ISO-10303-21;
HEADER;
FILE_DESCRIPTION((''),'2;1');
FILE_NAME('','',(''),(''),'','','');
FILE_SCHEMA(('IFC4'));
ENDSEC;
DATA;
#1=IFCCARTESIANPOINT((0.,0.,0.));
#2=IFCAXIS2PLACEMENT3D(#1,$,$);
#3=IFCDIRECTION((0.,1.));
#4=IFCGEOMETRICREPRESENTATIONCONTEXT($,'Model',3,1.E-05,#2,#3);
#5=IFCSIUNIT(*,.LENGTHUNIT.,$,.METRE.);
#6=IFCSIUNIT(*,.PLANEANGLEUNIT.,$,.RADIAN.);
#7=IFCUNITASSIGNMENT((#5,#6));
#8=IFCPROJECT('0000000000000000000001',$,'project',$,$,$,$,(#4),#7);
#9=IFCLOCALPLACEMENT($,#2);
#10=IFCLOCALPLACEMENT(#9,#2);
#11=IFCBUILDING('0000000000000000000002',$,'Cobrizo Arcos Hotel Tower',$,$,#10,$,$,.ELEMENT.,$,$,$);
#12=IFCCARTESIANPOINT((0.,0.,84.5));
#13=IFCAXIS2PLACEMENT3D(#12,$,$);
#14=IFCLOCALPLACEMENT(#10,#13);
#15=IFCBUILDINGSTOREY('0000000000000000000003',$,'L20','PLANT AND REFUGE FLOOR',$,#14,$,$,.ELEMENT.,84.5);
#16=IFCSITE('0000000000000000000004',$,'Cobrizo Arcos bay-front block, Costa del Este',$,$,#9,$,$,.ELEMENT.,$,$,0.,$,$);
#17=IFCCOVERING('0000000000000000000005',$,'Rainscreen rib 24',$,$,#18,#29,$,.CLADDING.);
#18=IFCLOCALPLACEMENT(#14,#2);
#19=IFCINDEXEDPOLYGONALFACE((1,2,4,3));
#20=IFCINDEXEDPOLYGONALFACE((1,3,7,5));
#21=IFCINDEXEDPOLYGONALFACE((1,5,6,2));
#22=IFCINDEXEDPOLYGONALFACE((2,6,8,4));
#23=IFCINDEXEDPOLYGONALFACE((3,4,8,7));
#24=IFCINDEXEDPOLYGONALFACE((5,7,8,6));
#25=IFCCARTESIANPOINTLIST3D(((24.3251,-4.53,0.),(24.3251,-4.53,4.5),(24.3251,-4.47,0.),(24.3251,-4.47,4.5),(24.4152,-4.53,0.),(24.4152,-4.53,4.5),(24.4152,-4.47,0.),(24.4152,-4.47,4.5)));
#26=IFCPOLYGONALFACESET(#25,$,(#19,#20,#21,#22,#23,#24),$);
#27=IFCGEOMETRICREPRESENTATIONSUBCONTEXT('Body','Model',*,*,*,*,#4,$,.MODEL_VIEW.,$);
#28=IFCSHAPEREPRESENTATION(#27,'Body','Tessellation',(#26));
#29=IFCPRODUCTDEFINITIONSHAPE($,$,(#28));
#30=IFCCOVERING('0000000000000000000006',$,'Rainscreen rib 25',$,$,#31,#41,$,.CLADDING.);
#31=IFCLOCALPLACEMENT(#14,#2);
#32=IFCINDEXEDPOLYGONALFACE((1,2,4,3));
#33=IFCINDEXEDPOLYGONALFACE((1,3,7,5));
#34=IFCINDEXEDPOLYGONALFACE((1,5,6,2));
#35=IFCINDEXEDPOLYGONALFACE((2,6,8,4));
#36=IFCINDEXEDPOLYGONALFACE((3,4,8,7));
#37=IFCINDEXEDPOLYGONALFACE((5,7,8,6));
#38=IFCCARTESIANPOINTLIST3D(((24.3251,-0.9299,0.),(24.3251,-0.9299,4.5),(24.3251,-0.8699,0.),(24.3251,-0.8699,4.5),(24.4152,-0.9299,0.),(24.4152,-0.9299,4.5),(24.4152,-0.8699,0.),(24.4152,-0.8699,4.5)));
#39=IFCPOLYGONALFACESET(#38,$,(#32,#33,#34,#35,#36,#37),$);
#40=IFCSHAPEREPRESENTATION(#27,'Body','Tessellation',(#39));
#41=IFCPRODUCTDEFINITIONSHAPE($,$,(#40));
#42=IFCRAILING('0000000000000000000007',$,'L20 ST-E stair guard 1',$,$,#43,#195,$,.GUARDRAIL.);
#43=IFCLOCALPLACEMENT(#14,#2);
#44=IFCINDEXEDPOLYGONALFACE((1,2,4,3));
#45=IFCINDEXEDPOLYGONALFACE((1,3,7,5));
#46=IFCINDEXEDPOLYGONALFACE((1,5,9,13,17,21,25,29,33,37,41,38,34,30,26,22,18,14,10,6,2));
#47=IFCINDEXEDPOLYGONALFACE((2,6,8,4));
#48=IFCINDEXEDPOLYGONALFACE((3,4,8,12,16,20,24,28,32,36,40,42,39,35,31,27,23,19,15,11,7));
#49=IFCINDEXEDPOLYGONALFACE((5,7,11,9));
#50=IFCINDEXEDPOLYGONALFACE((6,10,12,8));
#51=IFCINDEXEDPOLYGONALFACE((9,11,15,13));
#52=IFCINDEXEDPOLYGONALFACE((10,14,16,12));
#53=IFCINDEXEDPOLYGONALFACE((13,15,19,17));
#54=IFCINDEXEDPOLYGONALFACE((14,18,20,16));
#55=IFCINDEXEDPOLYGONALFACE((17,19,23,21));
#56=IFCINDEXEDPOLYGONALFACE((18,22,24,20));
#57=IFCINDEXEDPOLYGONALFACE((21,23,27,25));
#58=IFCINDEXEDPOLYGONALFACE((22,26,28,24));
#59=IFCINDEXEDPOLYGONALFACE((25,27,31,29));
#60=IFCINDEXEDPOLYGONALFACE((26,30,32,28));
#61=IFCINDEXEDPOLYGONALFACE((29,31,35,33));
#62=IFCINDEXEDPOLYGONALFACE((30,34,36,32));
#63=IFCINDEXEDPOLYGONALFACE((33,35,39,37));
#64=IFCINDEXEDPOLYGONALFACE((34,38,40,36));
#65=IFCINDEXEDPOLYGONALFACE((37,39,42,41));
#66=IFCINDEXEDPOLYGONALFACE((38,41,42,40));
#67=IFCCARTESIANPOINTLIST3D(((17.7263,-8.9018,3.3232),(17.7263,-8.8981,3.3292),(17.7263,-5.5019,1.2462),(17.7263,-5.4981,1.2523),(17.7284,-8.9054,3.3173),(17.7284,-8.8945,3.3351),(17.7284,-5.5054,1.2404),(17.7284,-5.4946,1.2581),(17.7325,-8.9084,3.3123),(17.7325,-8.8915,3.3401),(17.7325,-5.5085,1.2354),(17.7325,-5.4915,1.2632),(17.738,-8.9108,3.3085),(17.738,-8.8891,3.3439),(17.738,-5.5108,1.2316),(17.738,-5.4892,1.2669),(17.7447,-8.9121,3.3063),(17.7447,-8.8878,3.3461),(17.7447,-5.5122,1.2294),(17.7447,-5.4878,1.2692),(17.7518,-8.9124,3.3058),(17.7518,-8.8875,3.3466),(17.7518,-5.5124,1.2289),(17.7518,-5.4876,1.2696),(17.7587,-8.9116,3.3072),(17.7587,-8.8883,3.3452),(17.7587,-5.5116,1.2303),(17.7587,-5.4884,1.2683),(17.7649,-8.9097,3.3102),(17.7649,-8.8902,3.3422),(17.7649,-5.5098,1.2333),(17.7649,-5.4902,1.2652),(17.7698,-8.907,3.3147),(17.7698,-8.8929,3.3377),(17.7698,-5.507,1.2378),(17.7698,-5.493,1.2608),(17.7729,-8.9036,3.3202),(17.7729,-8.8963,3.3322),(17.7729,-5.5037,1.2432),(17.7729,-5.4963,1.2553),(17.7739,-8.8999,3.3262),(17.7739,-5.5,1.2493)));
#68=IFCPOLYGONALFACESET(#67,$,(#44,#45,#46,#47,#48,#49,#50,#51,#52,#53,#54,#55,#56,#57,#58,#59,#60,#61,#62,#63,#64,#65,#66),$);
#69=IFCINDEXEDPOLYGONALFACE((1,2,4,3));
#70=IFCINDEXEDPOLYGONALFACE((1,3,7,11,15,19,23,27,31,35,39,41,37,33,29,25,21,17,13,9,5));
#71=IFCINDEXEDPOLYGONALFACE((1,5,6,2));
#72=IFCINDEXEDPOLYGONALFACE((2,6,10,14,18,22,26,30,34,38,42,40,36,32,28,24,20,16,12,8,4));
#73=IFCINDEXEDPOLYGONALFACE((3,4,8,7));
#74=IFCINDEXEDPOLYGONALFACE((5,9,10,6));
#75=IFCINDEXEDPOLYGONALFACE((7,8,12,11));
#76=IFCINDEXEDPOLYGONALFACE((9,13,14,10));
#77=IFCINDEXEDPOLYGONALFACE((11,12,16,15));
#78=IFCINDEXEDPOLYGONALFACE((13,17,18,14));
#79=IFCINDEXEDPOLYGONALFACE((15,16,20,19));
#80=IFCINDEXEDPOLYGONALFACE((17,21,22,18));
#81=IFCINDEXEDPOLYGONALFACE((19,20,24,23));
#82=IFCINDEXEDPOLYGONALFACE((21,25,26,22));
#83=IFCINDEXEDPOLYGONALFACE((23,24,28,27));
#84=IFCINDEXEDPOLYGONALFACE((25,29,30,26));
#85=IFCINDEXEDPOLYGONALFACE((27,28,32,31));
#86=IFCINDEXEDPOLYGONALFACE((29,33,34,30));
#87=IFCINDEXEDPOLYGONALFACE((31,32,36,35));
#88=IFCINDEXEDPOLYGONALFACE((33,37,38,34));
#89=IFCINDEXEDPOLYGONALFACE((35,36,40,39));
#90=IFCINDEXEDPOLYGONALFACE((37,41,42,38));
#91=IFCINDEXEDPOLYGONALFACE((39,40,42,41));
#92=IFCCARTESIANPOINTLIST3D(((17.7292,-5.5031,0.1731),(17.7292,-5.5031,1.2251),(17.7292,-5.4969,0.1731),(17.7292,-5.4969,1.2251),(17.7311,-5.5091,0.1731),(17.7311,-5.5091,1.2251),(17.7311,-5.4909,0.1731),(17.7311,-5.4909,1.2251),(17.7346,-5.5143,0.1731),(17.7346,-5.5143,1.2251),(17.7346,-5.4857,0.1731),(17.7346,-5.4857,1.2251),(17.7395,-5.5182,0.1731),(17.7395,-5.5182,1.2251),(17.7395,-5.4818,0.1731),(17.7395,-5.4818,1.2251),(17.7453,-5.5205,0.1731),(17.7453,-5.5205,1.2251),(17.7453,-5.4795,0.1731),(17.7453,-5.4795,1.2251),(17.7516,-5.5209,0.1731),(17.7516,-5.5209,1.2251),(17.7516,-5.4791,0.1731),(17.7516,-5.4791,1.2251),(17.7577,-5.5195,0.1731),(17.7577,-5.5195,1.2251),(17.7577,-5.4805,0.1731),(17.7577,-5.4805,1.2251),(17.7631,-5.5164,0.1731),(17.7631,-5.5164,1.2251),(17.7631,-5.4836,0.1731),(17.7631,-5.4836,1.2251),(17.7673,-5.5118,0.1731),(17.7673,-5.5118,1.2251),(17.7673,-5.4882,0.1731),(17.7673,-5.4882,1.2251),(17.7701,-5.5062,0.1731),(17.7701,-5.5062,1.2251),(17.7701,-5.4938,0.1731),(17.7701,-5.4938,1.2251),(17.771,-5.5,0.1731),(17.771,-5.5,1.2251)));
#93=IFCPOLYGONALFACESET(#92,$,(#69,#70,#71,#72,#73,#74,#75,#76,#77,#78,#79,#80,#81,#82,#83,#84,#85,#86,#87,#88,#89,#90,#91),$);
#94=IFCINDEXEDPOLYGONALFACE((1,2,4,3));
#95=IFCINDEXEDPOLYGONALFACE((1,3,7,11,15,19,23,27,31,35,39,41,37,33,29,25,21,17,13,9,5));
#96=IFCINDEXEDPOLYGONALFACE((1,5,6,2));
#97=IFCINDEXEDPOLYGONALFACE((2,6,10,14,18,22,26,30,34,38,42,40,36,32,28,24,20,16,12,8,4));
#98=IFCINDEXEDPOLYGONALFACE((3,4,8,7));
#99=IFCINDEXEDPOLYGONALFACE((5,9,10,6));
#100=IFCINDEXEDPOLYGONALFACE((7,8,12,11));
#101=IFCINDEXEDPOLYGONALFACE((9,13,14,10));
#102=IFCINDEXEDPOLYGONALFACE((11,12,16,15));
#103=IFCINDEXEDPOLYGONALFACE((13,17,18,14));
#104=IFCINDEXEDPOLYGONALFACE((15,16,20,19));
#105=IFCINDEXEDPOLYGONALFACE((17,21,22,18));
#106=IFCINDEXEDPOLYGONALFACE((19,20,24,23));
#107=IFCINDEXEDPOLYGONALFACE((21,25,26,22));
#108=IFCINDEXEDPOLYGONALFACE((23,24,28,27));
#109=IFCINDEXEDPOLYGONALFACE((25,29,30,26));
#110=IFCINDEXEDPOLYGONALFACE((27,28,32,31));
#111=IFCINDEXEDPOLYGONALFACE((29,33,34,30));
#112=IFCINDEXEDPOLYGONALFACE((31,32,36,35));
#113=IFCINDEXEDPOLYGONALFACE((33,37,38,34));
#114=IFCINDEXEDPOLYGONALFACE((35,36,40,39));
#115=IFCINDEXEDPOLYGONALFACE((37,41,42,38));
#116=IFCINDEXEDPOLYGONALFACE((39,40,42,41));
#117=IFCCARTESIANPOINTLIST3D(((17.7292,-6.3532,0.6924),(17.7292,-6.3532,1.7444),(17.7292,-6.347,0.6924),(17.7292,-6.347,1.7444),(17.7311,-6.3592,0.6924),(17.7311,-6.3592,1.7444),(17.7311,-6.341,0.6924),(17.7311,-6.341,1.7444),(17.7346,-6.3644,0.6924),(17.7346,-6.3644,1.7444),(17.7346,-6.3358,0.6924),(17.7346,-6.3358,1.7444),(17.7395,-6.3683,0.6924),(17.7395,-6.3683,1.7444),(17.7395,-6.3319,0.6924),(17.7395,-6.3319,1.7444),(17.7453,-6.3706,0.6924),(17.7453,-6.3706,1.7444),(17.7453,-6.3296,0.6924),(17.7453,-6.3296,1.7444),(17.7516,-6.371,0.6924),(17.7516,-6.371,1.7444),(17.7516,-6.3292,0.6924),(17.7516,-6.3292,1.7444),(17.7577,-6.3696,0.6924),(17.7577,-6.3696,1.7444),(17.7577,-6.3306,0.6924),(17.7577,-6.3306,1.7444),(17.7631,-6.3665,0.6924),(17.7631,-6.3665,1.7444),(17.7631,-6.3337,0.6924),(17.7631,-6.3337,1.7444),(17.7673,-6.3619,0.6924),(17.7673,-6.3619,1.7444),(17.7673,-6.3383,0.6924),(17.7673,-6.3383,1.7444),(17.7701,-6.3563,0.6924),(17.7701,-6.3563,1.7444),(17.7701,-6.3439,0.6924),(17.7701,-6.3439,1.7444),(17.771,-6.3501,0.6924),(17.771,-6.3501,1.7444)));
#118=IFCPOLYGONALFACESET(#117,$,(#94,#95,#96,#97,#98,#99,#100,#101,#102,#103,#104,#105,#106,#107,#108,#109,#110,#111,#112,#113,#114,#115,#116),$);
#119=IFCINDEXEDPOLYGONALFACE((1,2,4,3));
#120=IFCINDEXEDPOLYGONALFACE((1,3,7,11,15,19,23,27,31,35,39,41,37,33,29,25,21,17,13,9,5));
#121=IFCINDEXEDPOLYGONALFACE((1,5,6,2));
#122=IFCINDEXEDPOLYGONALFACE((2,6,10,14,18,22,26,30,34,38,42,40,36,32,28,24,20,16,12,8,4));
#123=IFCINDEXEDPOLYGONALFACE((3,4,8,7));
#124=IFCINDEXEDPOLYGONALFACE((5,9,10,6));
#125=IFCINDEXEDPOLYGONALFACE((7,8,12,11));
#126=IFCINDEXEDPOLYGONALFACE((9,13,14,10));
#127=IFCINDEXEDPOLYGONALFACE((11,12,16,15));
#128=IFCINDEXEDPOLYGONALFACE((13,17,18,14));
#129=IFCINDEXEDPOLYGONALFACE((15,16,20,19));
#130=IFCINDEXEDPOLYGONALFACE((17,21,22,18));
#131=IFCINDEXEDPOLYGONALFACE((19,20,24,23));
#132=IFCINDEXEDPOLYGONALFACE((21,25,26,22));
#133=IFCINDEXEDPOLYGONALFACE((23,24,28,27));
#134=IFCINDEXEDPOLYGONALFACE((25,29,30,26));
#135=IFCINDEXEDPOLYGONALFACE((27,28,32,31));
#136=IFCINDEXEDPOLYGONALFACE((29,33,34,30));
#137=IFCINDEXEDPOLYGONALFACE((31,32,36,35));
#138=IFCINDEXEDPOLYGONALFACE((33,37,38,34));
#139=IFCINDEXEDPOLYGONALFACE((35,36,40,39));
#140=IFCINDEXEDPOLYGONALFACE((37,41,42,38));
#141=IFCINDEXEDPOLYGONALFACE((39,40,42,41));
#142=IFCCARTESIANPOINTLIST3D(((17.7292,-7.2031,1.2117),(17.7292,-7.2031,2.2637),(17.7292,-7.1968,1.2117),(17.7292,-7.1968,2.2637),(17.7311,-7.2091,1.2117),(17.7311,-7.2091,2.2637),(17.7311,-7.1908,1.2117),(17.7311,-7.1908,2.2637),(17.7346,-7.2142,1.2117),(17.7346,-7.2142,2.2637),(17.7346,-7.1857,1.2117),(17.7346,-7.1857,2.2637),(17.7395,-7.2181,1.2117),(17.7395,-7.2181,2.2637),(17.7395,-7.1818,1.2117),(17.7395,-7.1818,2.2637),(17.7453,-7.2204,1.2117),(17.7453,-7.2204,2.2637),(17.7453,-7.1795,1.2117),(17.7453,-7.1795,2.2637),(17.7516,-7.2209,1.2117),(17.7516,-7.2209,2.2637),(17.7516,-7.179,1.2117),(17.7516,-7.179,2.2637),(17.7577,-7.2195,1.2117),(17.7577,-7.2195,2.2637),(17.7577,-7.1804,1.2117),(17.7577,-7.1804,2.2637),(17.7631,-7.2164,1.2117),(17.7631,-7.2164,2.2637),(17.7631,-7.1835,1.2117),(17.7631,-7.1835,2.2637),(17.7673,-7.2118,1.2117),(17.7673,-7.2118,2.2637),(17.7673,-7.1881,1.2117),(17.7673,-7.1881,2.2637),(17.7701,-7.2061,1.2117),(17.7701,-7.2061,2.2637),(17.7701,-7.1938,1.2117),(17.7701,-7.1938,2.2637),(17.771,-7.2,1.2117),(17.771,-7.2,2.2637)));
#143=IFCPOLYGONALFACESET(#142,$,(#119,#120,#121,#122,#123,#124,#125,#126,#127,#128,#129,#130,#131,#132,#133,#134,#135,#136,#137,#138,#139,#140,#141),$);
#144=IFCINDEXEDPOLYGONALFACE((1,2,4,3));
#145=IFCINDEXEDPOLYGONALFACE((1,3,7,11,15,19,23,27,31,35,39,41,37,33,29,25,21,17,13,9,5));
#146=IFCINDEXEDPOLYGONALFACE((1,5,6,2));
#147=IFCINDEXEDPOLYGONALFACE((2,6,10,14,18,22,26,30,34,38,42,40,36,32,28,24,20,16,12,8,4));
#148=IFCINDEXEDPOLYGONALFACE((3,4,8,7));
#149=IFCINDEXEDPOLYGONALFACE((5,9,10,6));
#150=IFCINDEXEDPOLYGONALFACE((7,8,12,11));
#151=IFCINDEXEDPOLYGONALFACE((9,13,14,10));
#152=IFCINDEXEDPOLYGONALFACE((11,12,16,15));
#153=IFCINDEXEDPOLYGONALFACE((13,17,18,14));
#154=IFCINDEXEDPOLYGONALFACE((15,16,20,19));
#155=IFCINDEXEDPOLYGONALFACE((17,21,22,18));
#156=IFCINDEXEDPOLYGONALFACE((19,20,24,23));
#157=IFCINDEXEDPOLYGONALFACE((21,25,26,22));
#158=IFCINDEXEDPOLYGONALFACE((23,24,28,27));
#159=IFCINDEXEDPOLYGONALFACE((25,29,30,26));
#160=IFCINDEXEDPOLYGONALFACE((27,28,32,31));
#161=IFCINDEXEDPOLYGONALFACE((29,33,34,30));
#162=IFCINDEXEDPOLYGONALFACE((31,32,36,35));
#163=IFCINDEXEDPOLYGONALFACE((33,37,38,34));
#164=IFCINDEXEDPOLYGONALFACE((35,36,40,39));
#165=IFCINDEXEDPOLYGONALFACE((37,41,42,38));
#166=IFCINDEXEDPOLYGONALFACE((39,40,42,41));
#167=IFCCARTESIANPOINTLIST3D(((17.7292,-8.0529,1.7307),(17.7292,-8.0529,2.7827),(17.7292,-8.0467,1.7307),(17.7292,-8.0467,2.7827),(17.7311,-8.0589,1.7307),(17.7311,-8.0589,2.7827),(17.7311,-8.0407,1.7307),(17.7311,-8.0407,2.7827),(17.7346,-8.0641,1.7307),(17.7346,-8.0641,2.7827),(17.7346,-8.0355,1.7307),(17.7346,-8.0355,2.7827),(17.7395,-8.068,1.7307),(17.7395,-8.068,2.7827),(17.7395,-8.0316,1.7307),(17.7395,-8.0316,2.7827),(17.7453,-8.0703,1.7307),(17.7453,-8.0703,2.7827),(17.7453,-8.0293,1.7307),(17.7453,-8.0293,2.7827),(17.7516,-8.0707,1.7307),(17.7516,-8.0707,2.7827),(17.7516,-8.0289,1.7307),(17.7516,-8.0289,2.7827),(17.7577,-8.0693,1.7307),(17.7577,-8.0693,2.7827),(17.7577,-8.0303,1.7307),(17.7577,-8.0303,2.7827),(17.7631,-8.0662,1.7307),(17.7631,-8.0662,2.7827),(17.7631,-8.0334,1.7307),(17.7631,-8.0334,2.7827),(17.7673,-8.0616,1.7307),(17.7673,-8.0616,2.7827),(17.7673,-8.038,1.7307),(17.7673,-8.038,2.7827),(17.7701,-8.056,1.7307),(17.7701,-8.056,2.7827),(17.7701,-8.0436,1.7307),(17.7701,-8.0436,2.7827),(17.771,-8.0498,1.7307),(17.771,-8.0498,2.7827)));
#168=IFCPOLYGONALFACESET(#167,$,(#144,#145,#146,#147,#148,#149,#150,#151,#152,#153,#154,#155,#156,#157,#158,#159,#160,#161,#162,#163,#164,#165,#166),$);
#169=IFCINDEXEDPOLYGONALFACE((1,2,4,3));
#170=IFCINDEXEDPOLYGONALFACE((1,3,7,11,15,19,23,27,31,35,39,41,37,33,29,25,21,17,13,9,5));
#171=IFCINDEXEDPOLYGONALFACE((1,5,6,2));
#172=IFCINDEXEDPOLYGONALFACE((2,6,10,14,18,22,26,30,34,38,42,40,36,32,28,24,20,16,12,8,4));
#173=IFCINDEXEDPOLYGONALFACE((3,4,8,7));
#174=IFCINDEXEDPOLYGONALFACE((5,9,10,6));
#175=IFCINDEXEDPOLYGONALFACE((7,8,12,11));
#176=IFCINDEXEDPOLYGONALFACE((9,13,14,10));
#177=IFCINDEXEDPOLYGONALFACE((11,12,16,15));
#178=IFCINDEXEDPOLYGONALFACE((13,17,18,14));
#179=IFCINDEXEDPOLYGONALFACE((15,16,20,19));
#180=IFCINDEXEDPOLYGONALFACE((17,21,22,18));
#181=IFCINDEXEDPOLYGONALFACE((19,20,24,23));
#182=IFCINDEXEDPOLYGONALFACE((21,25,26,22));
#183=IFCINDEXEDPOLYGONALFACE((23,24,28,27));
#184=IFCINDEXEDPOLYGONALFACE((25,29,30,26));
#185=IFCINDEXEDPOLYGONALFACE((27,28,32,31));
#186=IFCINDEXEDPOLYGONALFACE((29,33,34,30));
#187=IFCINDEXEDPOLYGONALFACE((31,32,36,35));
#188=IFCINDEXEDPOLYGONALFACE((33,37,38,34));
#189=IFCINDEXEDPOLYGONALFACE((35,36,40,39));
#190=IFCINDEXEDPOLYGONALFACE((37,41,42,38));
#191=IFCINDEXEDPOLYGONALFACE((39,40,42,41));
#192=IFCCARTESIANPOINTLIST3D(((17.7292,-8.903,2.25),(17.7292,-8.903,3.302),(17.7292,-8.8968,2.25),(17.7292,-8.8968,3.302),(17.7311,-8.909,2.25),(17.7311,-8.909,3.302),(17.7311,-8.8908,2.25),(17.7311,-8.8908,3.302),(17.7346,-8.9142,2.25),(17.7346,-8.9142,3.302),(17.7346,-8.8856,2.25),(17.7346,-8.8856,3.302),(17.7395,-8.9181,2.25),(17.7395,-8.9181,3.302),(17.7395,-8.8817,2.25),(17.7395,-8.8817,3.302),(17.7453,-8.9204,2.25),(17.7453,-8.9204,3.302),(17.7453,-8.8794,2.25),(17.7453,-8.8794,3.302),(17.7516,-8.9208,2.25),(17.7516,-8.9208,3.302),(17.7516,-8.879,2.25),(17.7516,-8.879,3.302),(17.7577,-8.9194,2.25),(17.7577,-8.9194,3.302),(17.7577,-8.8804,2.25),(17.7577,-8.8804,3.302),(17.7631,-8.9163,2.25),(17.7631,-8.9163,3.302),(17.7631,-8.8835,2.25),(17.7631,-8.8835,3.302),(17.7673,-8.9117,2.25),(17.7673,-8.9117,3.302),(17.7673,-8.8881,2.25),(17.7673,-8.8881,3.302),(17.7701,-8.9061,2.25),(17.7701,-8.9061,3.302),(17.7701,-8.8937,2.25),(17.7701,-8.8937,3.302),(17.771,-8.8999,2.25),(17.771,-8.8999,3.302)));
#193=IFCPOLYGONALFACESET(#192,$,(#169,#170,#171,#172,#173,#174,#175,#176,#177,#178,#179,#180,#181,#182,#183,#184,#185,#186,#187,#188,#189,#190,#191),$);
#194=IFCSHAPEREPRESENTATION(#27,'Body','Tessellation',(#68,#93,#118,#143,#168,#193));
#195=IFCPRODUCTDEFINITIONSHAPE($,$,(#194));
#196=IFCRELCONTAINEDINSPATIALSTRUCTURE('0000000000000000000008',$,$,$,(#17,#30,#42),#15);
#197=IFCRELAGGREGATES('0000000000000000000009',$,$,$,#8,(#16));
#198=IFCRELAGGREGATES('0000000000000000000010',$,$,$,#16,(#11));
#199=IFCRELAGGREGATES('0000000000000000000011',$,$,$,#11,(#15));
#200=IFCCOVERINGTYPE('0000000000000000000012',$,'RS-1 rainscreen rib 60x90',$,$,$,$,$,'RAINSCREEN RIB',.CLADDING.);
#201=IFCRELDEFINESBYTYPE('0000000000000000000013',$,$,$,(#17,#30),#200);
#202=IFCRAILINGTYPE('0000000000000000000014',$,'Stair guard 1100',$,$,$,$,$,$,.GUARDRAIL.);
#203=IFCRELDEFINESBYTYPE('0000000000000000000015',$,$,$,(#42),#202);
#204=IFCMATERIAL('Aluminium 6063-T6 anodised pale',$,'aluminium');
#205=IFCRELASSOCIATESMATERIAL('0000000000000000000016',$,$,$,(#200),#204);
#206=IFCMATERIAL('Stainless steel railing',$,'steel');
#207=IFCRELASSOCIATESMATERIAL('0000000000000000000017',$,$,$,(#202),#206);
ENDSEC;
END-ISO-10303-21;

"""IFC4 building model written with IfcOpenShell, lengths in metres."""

from ifc_helpers import new_model, si_unit, direction, frame, origin, origin_2d, place, context, subcontext, project, spatial, rectangle, circle, extrude, material, type_object, element, save


model = new_model("IFC4")

# Units and contexts
model_context = context("Model", 3, precision=1e-05, world=origin(), true_north=direction((0.0, 1.0)))
body_context = subcontext(model_context, "Body", "Model", "MODEL_VIEW")
ifc_project = project(units=[si_unit("LENGTHUNIT", "METRE"), si_unit("PLANEANGLEUNIT", "RADIAN")], contexts=[model_context])

# Site, building, storey
site_placement = place(None, origin())
site = spatial("IfcSite", under=ifc_project, at=site_placement, Name="Cobrizo Arcos bay-front block, Costa del Este", CompositionType="ELEMENT", RefElevation=0.0)
building_placement = place(site_placement, origin())
building = spatial("IfcBuilding", under=site, at=building_placement, Name="Cobrizo Arcos Hotel Tower", CompositionType="ELEMENT")
storey_placement = place(building_placement, frame((0.0, 0.0, 84.5)))
storey = spatial("IfcBuildingStorey", under=building, at=storey_placement, Name="L20", Description="PLANT AND REFUGE FLOOR", CompositionType="ELEMENT", Elevation=84.5)

# Coverings
ifc_material_1 = material(Name="Aluminium 6063-T6 anodised pale", Category="aluminium")
covering_type = type_object("IfcCoveringType", Name="RS-1 rainscreen rib 60x90", ElementType="RAINSCREEN RIB", PredefinedType="CLADDING", material=ifc_material_1)
for number, where, z_axis, x_axis, name in (
    (1, (24.3701, -4.5, 0.0), (0.0, 0.0, 1.0), (0.0, 1.0, 0.0), "Rainscreen rib 24"),
    (2, (24.3701, -0.8999, 0.0), (0.0, 0.0, 1.0), (0.0, 1.0, 0.0), "Rainscreen rib 25"),
):
    element("IfcCovering", number, at=place(storey_placement, frame(where, z_axis=z_axis, x_axis=x_axis)), inside=storey, type_object=covering_type, Name=name, PredefinedType="CLADDING", context=body_context, shape_type="SweptSolid", body=[
        extrude(rectangle(XDim=0.0601, YDim=0.0901, at=origin_2d()), origin(), (0.0, 0.0, 1.0), 4.5),
    ])

# Railing
ifc_material_2 = material(Name="Stainless steel railing", Category="steel")
railing_type_1 = type_object("IfcRailingType", Name="Stair guard 1100", PredefinedType="GUARDRAIL", material=ifc_material_2)
railing_1_placement = place(storey_placement, frame((17.75, -5.5, 0.1731)))
element("IfcRailing", 3, at=railing_1_placement, inside=storey, type_object=railing_type_1, Name="L20 ST-E stair guard 1", PredefinedType="GUARDRAIL", context=body_context, shape_type="SweptSolid", body=[
    extrude(circle(Radius=0.0239, at=origin_2d()), frame((0.0, 0.0, 1.0762), z_axis=(0.0, -0.853373, 0.521301), x_axis=(1.0, 0.0, 0.0)), (0.0, 0.0, 1.0), 3.9841),
    extrude(circle(Radius=0.021, at=origin_2d()), origin(), (0.0, 0.0, 1.0), 1.052),
    extrude(circle(Radius=0.021, at=origin_2d()), frame((0.0, -0.8501, 0.5193)), (0.0, 0.0, 1.0), 1.052),
    extrude(circle(Radius=0.021, at=origin_2d()), frame((0.0, -1.7, 1.0386)), (0.0, 0.0, 1.0), 1.052),
    extrude(circle(Radius=0.021, at=origin_2d()), frame((0.0, -2.5498, 1.5576)), (0.0, 0.0, 1.0), 1.052),
    extrude(circle(Radius=0.021, at=origin_2d()), frame((0.0, -3.3999, 2.0769)), (0.0, 0.0, 1.0), 1.052),
])

save(model, "model.ifc")
